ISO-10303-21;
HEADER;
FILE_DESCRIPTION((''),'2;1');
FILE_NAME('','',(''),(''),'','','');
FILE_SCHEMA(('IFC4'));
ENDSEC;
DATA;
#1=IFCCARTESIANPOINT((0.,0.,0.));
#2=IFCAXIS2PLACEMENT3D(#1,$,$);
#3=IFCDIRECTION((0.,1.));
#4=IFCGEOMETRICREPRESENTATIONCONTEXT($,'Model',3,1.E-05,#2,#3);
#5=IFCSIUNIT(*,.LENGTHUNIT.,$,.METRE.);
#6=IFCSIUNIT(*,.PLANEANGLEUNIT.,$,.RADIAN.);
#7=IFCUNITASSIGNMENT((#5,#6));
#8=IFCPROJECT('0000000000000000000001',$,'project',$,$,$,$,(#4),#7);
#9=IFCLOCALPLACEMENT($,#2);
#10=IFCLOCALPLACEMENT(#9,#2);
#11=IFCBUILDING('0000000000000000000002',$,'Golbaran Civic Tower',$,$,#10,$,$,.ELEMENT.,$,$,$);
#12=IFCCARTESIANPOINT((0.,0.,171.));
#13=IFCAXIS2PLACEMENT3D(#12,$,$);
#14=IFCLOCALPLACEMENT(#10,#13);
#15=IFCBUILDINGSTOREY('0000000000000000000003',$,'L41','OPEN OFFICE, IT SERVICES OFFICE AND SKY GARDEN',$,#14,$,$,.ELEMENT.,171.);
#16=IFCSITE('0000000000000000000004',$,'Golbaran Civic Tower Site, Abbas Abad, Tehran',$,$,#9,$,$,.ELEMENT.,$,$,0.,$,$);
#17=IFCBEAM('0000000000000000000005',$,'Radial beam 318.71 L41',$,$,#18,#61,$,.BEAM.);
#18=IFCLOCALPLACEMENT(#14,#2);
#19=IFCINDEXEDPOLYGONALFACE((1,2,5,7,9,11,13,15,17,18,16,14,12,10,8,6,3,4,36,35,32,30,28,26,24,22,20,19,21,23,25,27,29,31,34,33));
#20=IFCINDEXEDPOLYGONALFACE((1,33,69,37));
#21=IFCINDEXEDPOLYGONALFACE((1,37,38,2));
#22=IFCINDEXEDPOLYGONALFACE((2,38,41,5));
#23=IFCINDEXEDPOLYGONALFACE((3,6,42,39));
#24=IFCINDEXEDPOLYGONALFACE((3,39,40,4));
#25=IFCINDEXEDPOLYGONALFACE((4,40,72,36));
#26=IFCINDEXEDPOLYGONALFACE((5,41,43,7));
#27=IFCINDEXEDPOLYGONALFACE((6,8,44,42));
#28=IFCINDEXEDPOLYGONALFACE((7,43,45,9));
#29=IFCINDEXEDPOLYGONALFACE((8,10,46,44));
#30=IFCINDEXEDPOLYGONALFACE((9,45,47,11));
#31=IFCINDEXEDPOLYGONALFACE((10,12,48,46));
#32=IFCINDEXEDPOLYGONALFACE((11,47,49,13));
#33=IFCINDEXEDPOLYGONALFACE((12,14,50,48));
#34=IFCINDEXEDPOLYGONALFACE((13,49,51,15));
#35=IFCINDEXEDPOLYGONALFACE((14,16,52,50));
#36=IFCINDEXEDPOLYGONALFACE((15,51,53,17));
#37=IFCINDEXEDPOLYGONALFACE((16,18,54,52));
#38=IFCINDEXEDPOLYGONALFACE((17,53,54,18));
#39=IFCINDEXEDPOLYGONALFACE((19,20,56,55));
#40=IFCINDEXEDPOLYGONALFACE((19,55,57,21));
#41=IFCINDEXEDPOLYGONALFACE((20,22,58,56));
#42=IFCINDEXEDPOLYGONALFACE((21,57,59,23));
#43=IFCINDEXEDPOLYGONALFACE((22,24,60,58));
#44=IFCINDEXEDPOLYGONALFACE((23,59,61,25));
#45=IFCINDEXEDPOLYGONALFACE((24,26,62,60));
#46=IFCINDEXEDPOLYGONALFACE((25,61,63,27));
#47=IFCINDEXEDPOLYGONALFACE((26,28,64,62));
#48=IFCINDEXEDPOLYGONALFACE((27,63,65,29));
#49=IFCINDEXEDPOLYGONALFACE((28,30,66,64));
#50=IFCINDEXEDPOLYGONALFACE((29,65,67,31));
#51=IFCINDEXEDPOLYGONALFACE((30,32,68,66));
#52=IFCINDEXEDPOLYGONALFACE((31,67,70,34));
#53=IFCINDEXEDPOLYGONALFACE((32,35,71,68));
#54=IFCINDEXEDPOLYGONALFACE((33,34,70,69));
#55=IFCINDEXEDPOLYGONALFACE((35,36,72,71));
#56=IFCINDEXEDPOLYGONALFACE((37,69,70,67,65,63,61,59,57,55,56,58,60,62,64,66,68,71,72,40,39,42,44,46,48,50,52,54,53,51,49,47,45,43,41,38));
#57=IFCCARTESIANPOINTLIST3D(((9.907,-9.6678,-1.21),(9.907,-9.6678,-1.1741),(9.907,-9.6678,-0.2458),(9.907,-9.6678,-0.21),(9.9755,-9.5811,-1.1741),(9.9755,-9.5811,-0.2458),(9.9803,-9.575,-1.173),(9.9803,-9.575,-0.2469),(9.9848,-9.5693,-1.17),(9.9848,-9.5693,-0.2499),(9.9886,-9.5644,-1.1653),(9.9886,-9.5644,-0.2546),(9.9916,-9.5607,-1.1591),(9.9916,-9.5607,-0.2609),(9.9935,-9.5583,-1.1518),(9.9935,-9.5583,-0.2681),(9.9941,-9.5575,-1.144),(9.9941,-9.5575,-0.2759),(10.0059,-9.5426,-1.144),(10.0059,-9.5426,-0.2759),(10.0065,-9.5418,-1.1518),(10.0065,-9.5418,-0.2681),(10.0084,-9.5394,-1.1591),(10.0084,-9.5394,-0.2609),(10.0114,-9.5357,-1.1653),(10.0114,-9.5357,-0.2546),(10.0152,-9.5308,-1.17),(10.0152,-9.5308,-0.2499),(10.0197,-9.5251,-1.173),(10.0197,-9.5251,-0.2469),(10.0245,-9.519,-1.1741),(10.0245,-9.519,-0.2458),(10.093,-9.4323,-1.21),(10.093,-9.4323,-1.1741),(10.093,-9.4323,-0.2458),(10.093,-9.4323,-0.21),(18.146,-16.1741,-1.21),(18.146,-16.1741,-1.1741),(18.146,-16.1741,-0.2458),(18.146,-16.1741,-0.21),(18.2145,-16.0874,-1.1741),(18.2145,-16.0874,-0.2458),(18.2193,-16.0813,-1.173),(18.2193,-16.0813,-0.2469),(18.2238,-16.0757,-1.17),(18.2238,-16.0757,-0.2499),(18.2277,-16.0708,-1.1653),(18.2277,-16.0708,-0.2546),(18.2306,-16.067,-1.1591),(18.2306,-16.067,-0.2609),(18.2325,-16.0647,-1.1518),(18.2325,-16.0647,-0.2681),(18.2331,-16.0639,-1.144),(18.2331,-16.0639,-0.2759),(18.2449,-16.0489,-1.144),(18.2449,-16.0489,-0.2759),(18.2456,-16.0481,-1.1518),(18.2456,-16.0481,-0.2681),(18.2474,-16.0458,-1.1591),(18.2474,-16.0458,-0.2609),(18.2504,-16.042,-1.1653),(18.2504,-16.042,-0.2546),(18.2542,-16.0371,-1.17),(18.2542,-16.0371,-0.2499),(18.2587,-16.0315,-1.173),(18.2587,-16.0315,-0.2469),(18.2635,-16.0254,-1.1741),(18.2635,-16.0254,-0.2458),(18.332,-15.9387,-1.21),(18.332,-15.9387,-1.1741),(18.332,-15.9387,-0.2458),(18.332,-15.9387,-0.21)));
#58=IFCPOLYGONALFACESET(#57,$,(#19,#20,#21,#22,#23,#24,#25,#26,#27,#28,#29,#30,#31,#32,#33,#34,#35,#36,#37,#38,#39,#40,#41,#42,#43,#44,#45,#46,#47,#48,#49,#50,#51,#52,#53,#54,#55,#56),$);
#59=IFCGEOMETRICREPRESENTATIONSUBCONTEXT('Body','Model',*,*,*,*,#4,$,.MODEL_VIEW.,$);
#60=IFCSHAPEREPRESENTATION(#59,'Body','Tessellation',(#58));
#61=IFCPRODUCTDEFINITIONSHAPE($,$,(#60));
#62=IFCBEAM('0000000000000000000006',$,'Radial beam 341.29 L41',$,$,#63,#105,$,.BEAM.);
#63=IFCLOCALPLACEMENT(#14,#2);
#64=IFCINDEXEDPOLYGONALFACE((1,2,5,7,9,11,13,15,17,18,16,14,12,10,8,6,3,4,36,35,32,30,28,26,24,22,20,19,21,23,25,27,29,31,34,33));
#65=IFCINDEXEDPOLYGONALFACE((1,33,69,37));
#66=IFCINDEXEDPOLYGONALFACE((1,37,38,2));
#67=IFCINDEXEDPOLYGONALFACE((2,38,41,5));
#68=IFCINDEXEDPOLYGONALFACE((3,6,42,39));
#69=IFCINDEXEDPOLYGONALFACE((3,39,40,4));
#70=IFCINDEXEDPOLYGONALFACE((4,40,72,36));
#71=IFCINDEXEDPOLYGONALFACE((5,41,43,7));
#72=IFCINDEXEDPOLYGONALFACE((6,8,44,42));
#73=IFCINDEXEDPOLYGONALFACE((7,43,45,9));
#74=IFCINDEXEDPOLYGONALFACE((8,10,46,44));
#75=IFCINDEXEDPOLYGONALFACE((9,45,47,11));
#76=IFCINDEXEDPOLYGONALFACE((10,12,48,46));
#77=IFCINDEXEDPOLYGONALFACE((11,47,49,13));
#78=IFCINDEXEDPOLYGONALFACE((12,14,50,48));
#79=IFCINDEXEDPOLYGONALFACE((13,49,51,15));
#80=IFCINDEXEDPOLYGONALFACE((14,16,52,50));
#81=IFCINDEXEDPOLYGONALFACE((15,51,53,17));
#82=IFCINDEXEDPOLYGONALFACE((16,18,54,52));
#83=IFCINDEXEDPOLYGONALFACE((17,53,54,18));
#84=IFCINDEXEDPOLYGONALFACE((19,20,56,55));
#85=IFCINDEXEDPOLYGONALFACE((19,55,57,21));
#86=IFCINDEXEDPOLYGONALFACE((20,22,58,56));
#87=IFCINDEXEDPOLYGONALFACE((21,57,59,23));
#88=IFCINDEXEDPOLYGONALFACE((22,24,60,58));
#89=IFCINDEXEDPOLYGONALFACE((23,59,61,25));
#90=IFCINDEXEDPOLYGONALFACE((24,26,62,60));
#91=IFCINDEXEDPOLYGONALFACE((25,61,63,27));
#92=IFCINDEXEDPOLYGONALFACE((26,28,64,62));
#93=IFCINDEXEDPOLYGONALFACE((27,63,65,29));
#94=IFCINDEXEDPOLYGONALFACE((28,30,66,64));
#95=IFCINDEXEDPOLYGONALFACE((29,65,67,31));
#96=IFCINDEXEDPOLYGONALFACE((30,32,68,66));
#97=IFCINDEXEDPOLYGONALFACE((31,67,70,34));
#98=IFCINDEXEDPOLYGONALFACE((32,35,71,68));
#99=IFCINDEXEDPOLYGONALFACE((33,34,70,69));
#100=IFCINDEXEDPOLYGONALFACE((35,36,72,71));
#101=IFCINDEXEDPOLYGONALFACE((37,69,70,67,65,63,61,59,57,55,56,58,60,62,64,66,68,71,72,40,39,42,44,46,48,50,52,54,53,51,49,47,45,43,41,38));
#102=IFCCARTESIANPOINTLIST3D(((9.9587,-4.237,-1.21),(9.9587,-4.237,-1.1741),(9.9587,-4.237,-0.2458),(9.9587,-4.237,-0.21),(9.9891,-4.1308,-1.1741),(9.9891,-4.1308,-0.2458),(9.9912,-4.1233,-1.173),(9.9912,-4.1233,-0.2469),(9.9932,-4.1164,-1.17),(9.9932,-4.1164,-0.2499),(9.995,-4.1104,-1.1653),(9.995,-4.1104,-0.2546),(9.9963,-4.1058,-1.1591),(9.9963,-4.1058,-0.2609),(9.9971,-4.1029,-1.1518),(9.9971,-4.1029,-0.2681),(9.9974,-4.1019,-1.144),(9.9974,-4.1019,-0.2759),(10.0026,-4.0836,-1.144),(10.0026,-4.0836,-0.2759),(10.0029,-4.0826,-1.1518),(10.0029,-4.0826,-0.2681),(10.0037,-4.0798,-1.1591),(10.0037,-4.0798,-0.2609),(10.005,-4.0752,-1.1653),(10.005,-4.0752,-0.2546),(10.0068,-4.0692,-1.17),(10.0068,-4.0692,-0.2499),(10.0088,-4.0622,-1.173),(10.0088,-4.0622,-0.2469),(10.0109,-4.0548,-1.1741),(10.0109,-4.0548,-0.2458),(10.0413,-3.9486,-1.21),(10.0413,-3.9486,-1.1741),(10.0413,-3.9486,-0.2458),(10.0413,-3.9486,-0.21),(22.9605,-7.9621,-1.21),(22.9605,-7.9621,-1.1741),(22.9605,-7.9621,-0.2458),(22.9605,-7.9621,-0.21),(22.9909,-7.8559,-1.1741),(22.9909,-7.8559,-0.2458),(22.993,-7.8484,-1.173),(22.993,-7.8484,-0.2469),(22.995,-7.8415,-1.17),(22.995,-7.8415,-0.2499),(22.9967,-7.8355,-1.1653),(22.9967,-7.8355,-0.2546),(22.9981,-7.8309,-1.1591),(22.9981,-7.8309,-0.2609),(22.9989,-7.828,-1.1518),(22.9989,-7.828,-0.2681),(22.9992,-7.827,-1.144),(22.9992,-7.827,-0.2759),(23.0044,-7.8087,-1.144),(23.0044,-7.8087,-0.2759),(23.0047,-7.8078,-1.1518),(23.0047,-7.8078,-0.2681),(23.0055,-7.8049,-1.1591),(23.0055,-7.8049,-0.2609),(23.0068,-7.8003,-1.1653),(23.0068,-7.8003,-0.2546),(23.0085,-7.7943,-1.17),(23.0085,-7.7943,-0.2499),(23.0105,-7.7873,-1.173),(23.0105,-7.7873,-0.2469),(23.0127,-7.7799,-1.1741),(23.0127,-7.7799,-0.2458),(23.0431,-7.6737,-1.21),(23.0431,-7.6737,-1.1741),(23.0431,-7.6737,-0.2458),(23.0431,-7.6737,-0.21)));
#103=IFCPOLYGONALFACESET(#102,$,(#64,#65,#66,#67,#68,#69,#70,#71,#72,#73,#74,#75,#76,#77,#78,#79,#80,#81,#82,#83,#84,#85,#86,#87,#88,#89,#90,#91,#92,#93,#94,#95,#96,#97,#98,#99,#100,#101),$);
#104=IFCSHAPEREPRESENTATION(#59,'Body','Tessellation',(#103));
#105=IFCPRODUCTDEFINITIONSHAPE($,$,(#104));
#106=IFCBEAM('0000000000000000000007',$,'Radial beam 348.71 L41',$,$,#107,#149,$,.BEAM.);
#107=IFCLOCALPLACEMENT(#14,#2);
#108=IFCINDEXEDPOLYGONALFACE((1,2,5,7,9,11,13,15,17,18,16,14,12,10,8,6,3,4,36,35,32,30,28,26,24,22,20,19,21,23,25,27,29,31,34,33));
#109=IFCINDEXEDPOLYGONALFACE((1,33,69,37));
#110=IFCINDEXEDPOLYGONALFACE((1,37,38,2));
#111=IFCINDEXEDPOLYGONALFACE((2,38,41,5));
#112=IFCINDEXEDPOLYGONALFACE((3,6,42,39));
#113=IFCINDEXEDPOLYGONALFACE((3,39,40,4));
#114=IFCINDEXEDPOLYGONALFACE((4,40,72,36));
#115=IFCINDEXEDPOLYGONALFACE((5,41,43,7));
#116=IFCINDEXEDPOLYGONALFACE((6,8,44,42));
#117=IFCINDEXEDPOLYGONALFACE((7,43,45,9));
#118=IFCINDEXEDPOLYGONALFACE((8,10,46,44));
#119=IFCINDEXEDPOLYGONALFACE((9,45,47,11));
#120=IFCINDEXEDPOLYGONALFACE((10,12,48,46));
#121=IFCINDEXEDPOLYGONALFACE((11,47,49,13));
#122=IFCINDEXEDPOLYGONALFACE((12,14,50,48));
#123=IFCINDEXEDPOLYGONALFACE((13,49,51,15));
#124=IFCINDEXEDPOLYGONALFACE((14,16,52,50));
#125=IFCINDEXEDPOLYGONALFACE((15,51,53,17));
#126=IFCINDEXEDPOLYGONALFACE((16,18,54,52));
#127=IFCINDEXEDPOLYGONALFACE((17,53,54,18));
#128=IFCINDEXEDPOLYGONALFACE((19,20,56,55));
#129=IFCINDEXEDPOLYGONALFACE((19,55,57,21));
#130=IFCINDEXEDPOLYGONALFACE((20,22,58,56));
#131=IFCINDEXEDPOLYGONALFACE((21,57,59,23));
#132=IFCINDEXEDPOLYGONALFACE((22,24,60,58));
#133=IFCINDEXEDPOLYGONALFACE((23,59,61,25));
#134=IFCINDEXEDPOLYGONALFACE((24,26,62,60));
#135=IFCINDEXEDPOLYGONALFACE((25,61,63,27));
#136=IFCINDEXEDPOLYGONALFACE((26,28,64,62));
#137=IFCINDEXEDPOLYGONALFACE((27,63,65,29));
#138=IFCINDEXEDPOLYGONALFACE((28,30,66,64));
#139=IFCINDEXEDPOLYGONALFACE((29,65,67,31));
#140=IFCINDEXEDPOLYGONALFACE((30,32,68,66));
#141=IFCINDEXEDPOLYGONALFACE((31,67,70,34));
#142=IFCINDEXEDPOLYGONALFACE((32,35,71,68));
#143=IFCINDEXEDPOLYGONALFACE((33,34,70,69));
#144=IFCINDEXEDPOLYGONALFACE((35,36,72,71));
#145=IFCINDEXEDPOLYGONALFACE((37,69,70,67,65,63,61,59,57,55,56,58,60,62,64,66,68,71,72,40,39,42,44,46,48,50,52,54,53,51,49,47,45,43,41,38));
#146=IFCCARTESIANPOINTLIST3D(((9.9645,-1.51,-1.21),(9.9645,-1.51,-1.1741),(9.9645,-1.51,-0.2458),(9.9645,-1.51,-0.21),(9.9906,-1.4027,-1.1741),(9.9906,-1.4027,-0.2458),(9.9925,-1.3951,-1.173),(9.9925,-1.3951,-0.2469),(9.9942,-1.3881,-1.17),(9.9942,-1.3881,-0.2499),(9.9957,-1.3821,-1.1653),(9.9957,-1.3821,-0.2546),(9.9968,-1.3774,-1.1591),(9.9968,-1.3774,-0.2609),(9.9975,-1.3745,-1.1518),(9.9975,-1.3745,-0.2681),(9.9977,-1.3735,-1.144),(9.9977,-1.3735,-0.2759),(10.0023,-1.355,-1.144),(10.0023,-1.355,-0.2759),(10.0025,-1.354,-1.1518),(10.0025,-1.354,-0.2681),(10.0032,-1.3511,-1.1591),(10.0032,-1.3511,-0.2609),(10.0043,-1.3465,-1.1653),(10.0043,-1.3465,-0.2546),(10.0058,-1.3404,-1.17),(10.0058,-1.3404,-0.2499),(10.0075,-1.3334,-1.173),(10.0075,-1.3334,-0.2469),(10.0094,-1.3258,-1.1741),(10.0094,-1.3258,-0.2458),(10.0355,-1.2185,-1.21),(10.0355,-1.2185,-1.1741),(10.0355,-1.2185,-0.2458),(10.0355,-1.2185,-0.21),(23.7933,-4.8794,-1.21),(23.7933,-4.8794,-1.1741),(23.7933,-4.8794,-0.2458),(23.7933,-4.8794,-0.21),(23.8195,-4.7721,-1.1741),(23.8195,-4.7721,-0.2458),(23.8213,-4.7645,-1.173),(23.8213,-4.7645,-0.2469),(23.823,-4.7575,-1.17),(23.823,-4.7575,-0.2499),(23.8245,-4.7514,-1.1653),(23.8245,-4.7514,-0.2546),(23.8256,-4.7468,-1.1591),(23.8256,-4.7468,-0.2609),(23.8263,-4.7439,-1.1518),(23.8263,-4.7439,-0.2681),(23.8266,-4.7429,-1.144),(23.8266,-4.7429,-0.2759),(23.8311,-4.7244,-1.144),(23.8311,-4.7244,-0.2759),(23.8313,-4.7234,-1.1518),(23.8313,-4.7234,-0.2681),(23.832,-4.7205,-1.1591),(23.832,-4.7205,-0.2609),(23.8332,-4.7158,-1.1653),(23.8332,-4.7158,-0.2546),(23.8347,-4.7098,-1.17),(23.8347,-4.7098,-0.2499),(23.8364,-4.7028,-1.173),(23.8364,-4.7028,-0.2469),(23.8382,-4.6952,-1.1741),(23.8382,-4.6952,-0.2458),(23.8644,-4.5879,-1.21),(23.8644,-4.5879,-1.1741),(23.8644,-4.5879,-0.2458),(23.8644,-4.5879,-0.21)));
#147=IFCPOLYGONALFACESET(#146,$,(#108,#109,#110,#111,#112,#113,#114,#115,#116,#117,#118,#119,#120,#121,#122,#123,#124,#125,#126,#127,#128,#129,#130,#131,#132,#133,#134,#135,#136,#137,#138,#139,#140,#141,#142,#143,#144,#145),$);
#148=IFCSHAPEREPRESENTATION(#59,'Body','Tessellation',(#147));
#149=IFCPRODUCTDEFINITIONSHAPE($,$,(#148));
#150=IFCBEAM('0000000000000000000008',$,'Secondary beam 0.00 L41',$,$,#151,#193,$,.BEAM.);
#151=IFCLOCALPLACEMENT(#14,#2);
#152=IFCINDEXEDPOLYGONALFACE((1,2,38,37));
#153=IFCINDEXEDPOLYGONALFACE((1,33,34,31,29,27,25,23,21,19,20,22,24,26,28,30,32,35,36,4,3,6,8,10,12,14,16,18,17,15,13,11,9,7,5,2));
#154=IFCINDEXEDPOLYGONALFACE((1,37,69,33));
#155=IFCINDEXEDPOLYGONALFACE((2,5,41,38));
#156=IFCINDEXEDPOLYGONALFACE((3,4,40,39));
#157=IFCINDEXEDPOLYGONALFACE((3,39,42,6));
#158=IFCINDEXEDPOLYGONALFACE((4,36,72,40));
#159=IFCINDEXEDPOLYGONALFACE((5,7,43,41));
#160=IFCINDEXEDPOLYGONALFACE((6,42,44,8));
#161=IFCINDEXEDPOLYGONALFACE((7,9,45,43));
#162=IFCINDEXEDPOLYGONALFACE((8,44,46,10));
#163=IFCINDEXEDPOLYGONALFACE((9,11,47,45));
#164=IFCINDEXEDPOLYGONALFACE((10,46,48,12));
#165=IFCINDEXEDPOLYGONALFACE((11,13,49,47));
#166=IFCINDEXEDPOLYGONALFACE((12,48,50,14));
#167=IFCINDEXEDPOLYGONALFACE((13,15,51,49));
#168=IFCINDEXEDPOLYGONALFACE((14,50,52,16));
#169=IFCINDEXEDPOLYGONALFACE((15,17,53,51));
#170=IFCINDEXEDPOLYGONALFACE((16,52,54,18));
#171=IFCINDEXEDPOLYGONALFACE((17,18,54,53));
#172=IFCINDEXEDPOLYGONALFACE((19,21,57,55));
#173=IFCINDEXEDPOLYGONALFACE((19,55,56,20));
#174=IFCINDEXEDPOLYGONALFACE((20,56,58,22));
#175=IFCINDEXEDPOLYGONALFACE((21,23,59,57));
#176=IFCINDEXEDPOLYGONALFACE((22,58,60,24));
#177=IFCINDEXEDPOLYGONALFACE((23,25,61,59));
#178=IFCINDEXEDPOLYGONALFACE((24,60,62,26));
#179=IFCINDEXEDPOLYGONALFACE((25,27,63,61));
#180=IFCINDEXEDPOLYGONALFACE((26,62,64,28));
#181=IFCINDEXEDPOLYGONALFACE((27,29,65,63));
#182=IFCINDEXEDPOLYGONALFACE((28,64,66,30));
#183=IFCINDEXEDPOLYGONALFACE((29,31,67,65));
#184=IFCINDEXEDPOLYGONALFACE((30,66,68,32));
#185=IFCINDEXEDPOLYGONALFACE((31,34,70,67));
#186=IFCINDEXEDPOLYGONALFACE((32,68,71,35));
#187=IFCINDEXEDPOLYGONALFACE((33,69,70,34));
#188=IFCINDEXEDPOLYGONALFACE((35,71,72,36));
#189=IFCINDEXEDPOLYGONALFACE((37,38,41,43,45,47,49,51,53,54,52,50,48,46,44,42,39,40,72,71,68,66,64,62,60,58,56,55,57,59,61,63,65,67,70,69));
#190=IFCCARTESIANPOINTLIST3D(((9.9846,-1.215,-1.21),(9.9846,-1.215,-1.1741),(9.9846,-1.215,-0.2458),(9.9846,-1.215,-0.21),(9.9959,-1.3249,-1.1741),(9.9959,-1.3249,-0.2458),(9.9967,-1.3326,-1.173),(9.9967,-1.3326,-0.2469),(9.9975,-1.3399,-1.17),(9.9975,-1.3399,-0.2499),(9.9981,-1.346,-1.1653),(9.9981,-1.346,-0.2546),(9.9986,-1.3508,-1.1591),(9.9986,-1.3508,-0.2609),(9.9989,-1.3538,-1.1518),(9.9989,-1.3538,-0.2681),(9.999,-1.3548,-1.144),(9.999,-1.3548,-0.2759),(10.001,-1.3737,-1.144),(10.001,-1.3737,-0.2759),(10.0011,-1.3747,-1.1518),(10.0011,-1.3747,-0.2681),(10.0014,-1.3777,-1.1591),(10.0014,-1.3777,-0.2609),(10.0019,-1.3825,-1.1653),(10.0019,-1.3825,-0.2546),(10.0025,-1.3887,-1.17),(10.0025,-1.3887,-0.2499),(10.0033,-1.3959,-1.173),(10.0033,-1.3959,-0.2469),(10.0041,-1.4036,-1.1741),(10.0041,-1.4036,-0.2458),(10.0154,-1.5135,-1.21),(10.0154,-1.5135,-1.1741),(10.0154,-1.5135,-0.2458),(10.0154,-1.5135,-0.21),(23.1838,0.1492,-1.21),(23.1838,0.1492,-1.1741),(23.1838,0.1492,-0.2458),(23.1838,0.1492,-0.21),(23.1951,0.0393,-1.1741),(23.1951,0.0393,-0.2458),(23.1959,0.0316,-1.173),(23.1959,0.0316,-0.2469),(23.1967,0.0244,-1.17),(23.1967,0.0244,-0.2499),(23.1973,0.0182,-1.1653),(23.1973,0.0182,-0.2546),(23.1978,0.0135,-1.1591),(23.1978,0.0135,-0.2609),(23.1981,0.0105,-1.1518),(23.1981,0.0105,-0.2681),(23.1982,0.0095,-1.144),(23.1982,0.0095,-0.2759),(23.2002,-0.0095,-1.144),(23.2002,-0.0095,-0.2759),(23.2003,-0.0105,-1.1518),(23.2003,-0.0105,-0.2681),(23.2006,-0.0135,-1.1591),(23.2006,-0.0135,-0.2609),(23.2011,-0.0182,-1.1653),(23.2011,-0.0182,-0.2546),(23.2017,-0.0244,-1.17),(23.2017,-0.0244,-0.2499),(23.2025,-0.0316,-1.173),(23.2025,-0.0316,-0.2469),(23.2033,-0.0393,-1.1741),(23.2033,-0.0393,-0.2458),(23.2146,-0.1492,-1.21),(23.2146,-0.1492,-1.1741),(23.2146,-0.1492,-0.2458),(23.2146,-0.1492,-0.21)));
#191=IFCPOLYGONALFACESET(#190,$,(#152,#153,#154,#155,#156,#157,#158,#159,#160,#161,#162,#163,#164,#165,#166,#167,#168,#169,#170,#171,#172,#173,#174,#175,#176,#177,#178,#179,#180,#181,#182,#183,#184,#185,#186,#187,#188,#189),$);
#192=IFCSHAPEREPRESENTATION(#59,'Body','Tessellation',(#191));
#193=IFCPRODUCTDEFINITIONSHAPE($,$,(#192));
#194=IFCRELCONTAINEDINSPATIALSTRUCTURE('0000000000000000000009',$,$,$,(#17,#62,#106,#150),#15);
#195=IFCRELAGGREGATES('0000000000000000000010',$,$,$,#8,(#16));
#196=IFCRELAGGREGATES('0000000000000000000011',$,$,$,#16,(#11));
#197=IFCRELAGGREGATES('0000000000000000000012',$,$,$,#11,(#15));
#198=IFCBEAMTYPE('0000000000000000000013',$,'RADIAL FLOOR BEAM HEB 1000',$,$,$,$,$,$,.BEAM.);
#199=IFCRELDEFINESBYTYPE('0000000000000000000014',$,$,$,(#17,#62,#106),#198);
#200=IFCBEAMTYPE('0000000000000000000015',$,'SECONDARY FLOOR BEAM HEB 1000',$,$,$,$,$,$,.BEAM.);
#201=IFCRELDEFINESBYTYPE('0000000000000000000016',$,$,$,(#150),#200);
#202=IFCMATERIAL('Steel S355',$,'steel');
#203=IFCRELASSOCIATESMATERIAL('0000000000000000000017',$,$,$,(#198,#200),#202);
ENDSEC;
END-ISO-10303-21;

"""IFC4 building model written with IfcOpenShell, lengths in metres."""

from ifc_helpers import new_model, si_unit, direction, frame, origin, origin_2d, place, context, subcontext, project, spatial, i_section, extrude, material, material_profile, profile_set, type_object, element, save


model = new_model("IFC4")

# Units and contexts
model_context = context("Model", 3, precision=1e-05, world=origin(), true_north=direction((0.0, 1.0)))
body_context = subcontext(model_context, "Body", "Model", "MODEL_VIEW")
ifc_project = project(units=[si_unit("LENGTHUNIT", "METRE"), si_unit("PLANEANGLEUNIT", "RADIAN")], contexts=[model_context])

# Site, building, storey
site_placement = place(None, origin())
site = spatial("IfcSite", under=ifc_project, at=site_placement, Name="Golbaran Civic Tower Site, Abbas Abad, Tehran", CompositionType="ELEMENT", RefElevation=0.0)
building_placement = place(site_placement, origin())
building = spatial("IfcBuilding", under=site, at=building_placement, Name="Golbaran Civic Tower", CompositionType="ELEMENT")
storey_placement = place(building_placement, frame((0.0, 0.0, 171.0)))
storey = spatial("IfcBuildingStorey", under=building, at=storey_placement, Name="L41", Description="OPEN OFFICE, IT SERVICES OFFICE AND SKY GARDEN", CompositionType="ELEMENT", Elevation=171.0)

# Beams
ifc_material_1 = material(Name="Steel S355", Category="steel")
ifc_material_profile_1 = material_profile(ifc_material_1, i_section(OverallWidth=0.3, OverallDepth=1.0, WebThickness=0.019, FlangeThickness=0.0359, FilletRadius=0.03, at=origin_2d()), Name="HEB 1000")
ifc_profile_set_1 = profile_set([ifc_material_profile_1], Name="Steel S355")
beam_type_1 = type_object("IfcBeamType", Name="RADIAL FLOOR BEAM HEB 1000", PredefinedType="BEAM", material=ifc_profile_set_1)
beam_1_placement = place(storey_placement, frame((10.0, -9.55, -0.71), z_axis=(0.784796, -0.619754, 0.0), x_axis=(0.619754, 0.784796, 0.0)))
element("IfcBeam", 1, at=beam_1_placement, inside=storey, type_object=beam_type_1, Name="Radial beam 318.71 L41", PredefinedType="BEAM", context=body_context, shape_type="SweptSolid", body=[
    extrude(i_section(OverallWidth=0.3, OverallDepth=1.0, WebThickness=0.019, FlangeThickness=0.0359, FilletRadius=0.03, at=origin_2d()), origin(), (0.0, 0.0, 1.0), 10.4983),
])
beam_2_placement = place(storey_placement, frame((10.0, -4.0928, -0.71), z_axis=(0.961322, -0.275427, 0.0), x_axis=(0.275427, 0.961322, 0.0)))
element("IfcBeam", 2, at=beam_2_placement, inside=storey, type_object=beam_type_1, Name="Radial beam 341.29 L41", PredefinedType="BEAM", context=body_context, shape_type="SweptSolid", body=[
    extrude(i_section(OverallWidth=0.3, OverallDepth=1.0, WebThickness=0.019, FlangeThickness=0.0359, FilletRadius=0.03, at=origin_2d()), origin(), (0.0, 0.0, 1.0), 13.5249),
])
beam_3_placement = place(storey_placement, frame((10.0, -1.3643, -0.71), z_axis=(0.971577, -0.236724, 0.0), x_axis=(0.236724, 0.971577, 0.0)))
element("IfcBeam", 3, at=beam_3_placement, inside=storey, type_object=beam_type_1, Name="Radial beam 348.71 L41", PredefinedType="BEAM", context=body_context, shape_type="SweptSolid", body=[
    extrude(i_section(OverallWidth=0.3, OverallDepth=1.0, WebThickness=0.019, FlangeThickness=0.0359, FilletRadius=0.03, at=origin_2d()), origin(), (0.0, 0.0, 1.0), 14.2334),
])
ifc_material_profile_2 = material_profile(ifc_material_1, i_section(OverallWidth=0.3, OverallDepth=1.0, WebThickness=0.019, FlangeThickness=0.0359, FilletRadius=0.03, at=origin_2d()), Name="HEB 1000")
ifc_profile_set_2 = profile_set([ifc_material_profile_2], Name="Steel S355")
beam_type_2 = type_object("IfcBeamType", Name="SECONDARY FLOOR BEAM HEB 1000", PredefinedType="BEAM", material=ifc_profile_set_2)
beam_4_placement = place(storey_placement, frame((10.0, -1.3643, -0.71), z_axis=(0.994701, 0.102811, 0.0), x_axis=(-0.102811, 0.994701, 0.0)))
element("IfcBeam", 4, at=beam_4_placement, inside=storey, type_object=beam_type_2, Name="Secondary beam 0.00 L41", PredefinedType="BEAM", context=body_context, shape_type="SweptSolid", body=[
    extrude(i_section(OverallWidth=0.3, OverallDepth=1.0, WebThickness=0.019, FlangeThickness=0.0359, FilletRadius=0.03, at=origin_2d()), origin(), (0.0, 0.0, 1.0), 13.2695),
])

save(model, "model.ifc")
